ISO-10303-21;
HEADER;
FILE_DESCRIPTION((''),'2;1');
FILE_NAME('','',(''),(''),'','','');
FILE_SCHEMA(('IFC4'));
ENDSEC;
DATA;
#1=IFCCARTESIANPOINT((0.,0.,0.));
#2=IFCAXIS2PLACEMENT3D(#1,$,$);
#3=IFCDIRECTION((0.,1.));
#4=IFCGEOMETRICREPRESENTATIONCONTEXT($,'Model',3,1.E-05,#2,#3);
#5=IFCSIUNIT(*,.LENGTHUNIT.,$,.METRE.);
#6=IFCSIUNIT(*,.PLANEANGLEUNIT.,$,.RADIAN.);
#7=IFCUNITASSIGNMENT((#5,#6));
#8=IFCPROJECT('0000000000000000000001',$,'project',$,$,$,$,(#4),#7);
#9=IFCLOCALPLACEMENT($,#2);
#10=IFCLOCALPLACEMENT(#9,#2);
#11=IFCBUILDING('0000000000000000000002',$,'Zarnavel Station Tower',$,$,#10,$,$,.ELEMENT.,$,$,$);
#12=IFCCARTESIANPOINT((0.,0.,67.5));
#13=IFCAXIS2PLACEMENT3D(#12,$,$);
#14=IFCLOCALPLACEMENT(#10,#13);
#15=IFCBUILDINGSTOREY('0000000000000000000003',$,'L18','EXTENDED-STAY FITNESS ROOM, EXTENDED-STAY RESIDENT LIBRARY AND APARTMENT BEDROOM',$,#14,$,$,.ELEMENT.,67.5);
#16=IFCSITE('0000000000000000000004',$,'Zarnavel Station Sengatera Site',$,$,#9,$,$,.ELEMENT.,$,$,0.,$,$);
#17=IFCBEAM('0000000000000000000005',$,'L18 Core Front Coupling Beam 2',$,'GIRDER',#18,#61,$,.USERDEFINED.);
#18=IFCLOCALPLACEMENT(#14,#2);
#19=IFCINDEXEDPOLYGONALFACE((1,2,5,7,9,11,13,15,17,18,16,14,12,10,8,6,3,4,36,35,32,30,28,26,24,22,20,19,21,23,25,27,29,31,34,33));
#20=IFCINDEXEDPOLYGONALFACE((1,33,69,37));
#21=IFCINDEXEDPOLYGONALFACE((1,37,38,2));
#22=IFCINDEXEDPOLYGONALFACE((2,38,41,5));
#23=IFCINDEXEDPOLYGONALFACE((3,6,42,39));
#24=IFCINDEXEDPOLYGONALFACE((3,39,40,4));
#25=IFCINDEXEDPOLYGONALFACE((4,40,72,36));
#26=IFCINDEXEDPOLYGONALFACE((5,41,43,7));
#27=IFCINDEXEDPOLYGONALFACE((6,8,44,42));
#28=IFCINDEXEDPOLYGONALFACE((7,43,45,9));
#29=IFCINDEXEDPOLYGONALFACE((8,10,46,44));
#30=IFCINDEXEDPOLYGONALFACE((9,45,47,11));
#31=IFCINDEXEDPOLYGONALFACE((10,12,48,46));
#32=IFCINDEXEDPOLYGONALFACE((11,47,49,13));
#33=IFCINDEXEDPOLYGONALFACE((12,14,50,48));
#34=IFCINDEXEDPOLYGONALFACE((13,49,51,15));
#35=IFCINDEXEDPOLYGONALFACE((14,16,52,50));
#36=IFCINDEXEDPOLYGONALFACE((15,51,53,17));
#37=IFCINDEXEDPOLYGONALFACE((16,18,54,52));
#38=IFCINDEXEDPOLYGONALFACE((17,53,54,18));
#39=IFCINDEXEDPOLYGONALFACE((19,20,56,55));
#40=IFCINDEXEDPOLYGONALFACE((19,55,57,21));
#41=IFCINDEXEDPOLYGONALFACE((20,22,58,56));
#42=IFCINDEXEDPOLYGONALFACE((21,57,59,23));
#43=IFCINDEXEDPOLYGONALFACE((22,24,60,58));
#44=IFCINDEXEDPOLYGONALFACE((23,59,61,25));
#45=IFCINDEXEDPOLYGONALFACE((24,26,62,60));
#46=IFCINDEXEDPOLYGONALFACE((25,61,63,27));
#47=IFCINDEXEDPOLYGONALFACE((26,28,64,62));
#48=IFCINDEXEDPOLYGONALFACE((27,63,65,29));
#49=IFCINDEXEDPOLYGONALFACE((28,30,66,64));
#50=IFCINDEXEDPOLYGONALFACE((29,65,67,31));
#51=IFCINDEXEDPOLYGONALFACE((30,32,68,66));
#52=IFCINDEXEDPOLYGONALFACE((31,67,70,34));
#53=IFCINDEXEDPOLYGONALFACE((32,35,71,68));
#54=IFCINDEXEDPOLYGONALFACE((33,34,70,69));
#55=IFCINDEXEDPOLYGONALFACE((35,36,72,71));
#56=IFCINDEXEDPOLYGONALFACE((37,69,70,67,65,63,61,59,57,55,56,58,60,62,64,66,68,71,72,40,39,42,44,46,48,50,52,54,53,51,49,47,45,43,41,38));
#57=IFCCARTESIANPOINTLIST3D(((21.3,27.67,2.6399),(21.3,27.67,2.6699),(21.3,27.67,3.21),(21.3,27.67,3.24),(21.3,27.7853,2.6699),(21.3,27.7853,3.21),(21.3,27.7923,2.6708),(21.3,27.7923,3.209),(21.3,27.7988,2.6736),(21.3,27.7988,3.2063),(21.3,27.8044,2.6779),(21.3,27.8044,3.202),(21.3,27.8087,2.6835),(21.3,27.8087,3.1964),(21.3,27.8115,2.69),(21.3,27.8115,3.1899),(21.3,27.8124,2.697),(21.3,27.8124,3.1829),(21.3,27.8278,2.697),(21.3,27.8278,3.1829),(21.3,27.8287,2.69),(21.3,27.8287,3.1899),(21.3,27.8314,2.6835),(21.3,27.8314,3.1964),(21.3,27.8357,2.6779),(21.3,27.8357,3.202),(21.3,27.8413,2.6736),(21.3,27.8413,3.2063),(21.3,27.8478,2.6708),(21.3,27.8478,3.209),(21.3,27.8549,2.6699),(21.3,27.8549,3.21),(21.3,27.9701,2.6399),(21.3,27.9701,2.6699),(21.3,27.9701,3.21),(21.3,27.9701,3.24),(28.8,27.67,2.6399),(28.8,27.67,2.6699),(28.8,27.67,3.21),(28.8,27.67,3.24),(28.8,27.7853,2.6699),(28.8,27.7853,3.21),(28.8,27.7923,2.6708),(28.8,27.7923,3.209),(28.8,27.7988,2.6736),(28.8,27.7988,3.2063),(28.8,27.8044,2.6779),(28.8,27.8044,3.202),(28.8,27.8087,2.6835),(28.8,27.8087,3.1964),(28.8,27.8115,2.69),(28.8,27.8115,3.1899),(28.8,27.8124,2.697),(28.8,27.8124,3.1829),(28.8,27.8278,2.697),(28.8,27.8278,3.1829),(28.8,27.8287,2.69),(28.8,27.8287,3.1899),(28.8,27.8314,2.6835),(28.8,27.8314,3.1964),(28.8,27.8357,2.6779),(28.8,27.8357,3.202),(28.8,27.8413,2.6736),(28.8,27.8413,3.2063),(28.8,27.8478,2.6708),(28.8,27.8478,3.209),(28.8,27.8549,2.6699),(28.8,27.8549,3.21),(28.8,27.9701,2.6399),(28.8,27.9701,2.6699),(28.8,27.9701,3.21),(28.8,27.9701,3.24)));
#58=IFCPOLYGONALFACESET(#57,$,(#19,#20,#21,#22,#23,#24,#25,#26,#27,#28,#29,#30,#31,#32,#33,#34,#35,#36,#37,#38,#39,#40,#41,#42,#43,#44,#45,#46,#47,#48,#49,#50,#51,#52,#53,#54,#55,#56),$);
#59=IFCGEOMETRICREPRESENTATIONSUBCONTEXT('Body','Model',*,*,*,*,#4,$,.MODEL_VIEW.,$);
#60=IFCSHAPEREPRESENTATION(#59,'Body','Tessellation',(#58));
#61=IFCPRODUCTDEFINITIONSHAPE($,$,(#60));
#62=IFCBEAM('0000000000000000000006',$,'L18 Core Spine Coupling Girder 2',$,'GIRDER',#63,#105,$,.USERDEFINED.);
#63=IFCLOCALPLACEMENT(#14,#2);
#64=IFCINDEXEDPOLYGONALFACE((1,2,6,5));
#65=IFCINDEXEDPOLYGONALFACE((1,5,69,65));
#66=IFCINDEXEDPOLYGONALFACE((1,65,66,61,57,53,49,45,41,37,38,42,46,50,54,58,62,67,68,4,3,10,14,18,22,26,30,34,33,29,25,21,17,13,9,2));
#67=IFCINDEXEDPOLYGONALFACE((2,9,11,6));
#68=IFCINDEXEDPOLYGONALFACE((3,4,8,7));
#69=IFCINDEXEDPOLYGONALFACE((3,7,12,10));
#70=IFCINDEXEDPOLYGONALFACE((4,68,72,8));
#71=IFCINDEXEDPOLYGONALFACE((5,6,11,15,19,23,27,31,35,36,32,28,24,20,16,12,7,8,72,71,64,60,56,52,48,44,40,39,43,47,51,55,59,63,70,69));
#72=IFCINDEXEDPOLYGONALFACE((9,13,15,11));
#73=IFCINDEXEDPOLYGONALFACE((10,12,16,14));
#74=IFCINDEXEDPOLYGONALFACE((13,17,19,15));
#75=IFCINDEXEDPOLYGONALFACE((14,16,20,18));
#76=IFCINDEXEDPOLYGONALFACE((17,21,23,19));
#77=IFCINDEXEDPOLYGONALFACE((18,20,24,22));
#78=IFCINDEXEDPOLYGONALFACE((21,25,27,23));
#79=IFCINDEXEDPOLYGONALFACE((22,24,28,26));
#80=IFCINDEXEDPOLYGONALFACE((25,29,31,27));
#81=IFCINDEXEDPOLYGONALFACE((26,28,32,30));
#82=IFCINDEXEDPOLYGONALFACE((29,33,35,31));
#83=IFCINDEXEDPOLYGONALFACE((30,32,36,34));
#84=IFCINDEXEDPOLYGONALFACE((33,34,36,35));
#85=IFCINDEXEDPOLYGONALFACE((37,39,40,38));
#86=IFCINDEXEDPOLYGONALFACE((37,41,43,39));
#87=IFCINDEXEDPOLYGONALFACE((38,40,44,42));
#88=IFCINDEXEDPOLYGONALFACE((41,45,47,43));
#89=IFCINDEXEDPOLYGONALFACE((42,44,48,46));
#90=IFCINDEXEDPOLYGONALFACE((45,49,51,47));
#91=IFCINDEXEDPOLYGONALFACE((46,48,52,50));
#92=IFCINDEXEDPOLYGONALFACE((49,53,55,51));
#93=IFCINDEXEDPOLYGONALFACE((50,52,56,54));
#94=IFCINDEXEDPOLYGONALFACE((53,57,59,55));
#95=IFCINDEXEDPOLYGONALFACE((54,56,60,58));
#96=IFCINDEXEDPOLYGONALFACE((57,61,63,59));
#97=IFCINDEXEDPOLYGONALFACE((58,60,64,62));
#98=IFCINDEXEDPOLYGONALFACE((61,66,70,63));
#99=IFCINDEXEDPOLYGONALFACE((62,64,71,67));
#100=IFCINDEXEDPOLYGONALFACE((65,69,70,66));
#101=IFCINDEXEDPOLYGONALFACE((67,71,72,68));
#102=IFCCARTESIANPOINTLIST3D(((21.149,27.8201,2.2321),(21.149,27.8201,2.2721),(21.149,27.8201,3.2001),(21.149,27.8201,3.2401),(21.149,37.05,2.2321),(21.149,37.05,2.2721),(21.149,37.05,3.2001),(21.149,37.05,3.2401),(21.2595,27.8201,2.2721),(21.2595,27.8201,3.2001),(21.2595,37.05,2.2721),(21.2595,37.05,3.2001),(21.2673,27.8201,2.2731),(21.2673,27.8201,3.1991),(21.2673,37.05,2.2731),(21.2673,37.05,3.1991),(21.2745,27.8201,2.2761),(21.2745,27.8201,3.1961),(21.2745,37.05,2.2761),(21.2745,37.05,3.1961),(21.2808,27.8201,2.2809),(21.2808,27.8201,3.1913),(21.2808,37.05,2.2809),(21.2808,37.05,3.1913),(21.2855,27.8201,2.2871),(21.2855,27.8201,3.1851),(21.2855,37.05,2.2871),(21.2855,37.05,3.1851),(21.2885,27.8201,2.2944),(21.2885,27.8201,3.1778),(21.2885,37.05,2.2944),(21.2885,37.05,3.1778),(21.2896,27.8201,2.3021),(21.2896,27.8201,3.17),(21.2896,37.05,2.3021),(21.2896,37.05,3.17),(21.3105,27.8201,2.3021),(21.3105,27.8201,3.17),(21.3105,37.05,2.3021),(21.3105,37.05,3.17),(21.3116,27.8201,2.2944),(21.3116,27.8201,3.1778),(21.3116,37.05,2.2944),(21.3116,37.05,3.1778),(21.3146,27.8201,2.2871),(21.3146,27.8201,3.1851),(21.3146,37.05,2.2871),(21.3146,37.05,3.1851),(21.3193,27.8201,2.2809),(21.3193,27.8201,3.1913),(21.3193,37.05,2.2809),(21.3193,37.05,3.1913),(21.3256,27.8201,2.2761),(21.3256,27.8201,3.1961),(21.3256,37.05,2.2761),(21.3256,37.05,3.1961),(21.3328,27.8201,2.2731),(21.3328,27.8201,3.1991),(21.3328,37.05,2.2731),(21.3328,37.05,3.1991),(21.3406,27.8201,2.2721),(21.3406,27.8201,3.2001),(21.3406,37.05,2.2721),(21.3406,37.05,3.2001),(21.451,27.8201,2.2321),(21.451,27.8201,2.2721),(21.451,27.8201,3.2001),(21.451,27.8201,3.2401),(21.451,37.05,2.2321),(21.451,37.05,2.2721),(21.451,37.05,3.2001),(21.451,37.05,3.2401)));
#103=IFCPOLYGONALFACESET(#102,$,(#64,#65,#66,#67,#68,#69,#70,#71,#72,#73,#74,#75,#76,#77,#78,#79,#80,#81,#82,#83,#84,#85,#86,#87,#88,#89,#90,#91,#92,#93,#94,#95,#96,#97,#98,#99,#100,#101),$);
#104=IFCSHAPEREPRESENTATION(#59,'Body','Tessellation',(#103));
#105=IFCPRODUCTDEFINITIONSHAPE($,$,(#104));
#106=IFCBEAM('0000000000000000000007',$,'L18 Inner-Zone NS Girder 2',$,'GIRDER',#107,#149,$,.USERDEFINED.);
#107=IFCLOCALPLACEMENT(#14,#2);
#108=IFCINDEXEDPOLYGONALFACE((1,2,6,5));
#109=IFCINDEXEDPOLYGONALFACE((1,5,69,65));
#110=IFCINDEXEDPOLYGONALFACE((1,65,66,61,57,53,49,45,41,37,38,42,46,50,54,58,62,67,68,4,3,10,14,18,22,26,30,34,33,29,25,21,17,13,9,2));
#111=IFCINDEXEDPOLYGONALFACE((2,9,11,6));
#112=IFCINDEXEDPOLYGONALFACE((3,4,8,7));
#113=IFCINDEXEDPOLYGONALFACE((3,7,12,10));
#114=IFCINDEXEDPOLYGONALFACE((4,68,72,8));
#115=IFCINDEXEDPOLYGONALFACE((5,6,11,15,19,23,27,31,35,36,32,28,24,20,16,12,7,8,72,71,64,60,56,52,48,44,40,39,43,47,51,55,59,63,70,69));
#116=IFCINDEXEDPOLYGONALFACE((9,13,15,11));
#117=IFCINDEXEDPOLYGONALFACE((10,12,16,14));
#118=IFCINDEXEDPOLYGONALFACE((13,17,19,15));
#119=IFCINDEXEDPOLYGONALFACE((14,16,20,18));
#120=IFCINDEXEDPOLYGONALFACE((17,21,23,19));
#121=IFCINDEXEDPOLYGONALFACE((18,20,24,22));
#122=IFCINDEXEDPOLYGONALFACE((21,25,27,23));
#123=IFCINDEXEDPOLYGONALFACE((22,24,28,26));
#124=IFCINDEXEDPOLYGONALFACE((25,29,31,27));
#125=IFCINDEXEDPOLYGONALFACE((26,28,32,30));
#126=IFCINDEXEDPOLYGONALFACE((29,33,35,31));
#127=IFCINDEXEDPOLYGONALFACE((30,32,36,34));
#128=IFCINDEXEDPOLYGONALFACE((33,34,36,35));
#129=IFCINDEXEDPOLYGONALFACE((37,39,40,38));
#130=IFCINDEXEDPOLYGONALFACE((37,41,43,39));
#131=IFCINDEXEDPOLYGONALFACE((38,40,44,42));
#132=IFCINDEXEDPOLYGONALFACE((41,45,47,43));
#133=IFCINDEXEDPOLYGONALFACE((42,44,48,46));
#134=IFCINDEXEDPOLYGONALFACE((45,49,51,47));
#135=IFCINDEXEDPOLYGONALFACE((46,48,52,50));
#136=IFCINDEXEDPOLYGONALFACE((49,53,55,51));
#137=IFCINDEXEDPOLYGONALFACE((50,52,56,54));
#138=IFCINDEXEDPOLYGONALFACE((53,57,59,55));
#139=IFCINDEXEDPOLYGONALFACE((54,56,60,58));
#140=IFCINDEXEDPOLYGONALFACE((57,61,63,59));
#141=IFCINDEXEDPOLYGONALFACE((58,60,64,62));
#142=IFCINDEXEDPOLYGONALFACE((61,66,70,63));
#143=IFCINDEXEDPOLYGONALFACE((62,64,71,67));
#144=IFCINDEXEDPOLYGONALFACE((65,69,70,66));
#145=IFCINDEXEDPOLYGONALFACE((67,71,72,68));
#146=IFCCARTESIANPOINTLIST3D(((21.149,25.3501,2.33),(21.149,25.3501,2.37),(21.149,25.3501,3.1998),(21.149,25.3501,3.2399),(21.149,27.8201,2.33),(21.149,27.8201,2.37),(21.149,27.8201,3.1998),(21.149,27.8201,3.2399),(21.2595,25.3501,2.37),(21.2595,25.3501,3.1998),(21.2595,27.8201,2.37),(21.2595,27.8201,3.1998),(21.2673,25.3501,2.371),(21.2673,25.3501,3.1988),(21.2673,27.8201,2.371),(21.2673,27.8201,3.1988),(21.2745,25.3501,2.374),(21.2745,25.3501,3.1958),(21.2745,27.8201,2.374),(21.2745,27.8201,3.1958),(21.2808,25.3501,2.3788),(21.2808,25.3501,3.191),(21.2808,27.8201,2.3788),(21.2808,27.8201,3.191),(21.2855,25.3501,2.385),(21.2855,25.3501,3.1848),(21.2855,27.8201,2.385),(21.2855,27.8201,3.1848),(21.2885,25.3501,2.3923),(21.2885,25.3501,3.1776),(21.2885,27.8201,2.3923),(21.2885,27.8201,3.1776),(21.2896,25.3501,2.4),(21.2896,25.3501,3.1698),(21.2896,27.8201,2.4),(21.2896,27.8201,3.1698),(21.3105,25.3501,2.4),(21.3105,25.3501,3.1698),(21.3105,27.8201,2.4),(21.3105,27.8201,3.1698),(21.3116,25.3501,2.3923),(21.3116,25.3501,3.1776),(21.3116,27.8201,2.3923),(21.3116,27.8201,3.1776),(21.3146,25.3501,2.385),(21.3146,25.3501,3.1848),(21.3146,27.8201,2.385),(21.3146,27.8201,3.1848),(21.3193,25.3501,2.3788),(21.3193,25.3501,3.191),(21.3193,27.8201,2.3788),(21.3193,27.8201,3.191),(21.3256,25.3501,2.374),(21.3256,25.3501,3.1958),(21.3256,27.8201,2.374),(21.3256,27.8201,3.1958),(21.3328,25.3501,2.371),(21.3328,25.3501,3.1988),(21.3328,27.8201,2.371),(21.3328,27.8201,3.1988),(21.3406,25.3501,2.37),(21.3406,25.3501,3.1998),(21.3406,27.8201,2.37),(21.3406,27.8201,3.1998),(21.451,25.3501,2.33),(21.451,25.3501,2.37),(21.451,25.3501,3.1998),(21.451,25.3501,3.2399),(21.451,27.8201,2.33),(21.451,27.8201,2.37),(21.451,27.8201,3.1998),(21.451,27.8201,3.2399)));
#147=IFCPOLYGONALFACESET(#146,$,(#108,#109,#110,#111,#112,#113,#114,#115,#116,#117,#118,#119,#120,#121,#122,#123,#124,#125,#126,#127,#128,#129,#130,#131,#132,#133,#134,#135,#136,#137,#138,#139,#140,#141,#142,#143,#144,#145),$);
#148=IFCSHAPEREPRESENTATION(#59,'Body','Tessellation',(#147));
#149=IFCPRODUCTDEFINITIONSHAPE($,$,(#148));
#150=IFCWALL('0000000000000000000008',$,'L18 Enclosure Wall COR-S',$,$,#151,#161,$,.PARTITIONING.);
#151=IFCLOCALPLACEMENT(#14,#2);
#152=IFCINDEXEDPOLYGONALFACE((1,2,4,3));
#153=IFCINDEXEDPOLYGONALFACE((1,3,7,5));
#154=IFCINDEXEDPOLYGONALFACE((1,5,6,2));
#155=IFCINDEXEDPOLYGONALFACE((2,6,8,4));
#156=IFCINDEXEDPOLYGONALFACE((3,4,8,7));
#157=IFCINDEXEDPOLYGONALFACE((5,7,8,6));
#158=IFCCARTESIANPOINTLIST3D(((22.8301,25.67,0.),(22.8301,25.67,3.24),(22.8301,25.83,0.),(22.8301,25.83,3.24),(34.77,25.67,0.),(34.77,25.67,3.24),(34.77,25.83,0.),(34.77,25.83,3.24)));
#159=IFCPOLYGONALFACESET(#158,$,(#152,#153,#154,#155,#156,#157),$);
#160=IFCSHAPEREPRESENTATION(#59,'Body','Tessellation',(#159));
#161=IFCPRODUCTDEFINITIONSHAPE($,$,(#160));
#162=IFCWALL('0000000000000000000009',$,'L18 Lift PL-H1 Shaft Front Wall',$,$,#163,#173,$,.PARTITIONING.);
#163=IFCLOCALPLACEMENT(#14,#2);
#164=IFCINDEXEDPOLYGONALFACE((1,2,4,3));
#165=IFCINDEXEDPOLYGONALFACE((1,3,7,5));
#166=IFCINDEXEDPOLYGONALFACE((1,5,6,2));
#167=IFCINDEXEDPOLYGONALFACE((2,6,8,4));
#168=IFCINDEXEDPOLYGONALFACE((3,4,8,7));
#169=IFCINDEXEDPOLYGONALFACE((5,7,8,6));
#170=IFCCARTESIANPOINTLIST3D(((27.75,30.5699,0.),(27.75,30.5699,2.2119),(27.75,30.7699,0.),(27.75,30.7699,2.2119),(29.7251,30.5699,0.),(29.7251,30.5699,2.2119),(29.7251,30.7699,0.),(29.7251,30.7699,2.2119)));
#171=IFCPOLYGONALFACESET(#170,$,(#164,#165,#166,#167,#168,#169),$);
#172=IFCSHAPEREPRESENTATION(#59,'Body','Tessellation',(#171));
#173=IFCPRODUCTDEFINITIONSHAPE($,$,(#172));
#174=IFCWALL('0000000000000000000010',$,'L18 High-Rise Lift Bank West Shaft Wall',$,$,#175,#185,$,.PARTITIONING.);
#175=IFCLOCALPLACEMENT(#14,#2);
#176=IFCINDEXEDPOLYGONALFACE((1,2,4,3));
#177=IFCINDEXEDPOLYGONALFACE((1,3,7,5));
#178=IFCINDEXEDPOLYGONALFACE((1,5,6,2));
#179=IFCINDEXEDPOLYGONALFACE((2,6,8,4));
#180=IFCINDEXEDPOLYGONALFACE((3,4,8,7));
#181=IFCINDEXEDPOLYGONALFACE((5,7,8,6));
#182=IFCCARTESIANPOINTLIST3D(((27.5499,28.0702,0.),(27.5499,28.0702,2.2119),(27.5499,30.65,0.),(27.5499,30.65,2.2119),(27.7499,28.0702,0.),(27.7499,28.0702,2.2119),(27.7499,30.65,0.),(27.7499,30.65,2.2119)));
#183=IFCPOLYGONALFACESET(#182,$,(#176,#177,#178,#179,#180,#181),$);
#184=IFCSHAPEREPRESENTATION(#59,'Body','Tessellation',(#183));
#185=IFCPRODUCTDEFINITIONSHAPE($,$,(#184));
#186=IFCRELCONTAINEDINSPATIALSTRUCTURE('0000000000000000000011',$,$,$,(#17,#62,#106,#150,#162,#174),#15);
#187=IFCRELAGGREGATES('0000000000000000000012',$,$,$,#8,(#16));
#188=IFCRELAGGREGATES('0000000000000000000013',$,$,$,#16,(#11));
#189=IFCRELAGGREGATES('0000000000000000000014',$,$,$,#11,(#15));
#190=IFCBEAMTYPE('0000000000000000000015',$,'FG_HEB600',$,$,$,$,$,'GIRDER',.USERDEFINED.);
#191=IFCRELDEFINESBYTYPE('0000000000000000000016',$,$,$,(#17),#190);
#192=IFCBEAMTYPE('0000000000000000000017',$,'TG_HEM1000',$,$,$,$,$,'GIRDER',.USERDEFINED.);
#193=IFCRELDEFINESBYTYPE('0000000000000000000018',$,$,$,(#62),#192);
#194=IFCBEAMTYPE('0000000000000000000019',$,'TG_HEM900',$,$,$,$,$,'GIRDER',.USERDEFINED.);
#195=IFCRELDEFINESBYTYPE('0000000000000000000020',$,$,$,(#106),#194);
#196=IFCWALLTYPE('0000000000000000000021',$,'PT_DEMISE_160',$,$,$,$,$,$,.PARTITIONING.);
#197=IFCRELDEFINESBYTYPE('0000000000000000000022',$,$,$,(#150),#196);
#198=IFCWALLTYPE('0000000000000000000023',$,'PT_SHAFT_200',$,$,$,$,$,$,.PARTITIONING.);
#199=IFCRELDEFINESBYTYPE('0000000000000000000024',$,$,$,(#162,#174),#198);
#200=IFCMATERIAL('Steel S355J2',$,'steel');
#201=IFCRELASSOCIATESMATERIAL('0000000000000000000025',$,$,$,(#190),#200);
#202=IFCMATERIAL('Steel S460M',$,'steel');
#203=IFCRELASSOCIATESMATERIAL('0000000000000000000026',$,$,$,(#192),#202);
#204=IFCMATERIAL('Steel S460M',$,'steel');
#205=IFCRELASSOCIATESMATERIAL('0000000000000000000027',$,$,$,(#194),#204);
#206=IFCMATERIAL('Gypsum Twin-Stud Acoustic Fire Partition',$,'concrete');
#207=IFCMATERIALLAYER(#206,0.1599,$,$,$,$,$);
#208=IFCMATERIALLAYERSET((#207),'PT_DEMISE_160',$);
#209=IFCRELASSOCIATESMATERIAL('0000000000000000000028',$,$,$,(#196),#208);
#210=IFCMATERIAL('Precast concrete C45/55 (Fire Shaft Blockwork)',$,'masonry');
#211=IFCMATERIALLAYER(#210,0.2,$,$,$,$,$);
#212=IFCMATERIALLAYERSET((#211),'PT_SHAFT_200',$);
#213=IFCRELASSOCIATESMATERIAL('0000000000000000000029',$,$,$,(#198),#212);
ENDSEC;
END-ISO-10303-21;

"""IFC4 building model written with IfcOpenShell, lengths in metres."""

from ifc_helpers import new_model, si_unit, direction, frame, frame_2d, origin, origin_2d, place, context, subcontext, project, spatial, rectangle, i_section, extrude, material, layer, layer_set, material_profile, profile_set, type_object, element, save


model = new_model("IFC4")

# Units and contexts
model_context = context("Model", 3, precision=1e-05, world=origin(), true_north=direction((0.0, 1.0)))
body_context = subcontext(model_context, "Body", "Model", "MODEL_VIEW")
ifc_project = project(units=[si_unit("LENGTHUNIT", "METRE"), si_unit("PLANEANGLEUNIT", "RADIAN")], contexts=[model_context])

# Site, building, storey
site_placement = place(None, origin())
site = spatial("IfcSite", under=ifc_project, at=site_placement, Name="Zarnavel Station Sengatera Site", CompositionType="ELEMENT", RefElevation=0.0)
building_placement = place(site_placement, origin())
building = spatial("IfcBuilding", under=site, at=building_placement, Name="Zarnavel Station Tower", CompositionType="ELEMENT")
storey_placement = place(building_placement, frame((0.0, 0.0, 67.5)))
storey = spatial("IfcBuildingStorey", under=building, at=storey_placement, Name="L18", Description="EXTENDED-STAY FITNESS ROOM, EXTENDED-STAY RESIDENT LIBRARY AND APARTMENT BEDROOM", CompositionType="ELEMENT", Elevation=67.5)

# Beams
ifc_material_1 = material(Name="Steel S355J2", Category="steel")
ifc_material_profile_1 = material_profile(ifc_material_1, i_section(OverallWidth=0.3, OverallDepth=0.6001, WebThickness=0.0154, FlangeThickness=0.03, FilletRadius=0.0271, at=origin_2d()), Name="HEB600")
ifc_profile_set_1 = profile_set([ifc_material_profile_1], Name="Steel S355J2")
beam_type_1 = type_object("IfcBeamType", Name="FG_HEB600", ElementType="GIRDER", PredefinedType="USERDEFINED", material=ifc_profile_set_1)
beam_1_placement = place(storey_placement, frame((21.3, 27.8201, 2.9399), z_axis=(1.0, 0.0, 0.0), x_axis=(0.0, 1.0, 0.0)))
element("IfcBeam", 1, at=beam_1_placement, inside=storey, type_object=beam_type_1, Name="L18 Core Front Coupling Beam 2", ObjectType="GIRDER", PredefinedType="USERDEFINED", context=body_context, shape_type="SweptSolid", body=[
    extrude(i_section(OverallWidth=0.3, OverallDepth=0.6001, WebThickness=0.0154, FlangeThickness=0.03, FilletRadius=0.0271, at=origin_2d()), origin(), (0.0, 0.0, 1.0), 7.5),
])
ifc_material_2 = material(Name="Steel S460M", Category="steel")
ifc_material_profile_2 = material_profile(ifc_material_2, i_section(OverallWidth=0.302, OverallDepth=1.0081, WebThickness=0.021, FlangeThickness=0.04, FilletRadius=0.03, at=origin_2d()), Name="HEM1000")
ifc_profile_set_2 = profile_set([ifc_material_profile_2], Name="Steel S460M")
beam_type_2 = type_object("IfcBeamType", Name="TG_HEM1000", ElementType="GIRDER", PredefinedType="USERDEFINED", material=ifc_profile_set_2)
beam_2_placement = place(storey_placement, frame((21.3, 27.8201, 2.7361), z_axis=(0.0, 1.0, 0.0), x_axis=(-1.0, 0.0, 0.0)))
element("IfcBeam", 2, at=beam_2_placement, inside=storey, type_object=beam_type_2, Name="L18 Core Spine Coupling Girder 2", ObjectType="GIRDER", PredefinedType="USERDEFINED", context=body_context, shape_type="SweptSolid", body=[
    extrude(i_section(OverallWidth=0.302, OverallDepth=1.0081, WebThickness=0.021, FlangeThickness=0.04, FilletRadius=0.03, at=origin_2d()), origin(), (0.0, 0.0, 1.0), 9.23),
])
ifc_material_3 = material(Name="Steel S460M", Category="steel")
ifc_material_profile_3 = material_profile(ifc_material_3, i_section(OverallWidth=0.302, OverallDepth=0.9099, WebThickness=0.021, FlangeThickness=0.04, FilletRadius=0.03, at=origin_2d()), Name="HEM900")
ifc_profile_set_3 = profile_set([ifc_material_profile_3], Name="Steel S460M")
beam_type_3 = type_object("IfcBeamType", Name="TG_HEM900", ElementType="GIRDER", PredefinedType="USERDEFINED", material=ifc_profile_set_3)
beam_3_placement = place(storey_placement, frame((21.3, 25.3501, 2.7849), z_axis=(0.0, 1.0, 0.0), x_axis=(-1.0, 0.0, 0.0)))
element("IfcBeam", 3, at=beam_3_placement, inside=storey, type_object=beam_type_3, Name="L18 Inner-Zone NS Girder 2", ObjectType="GIRDER", PredefinedType="USERDEFINED", context=body_context, shape_type="SweptSolid", body=[
    extrude(i_section(OverallWidth=0.302, OverallDepth=0.9099, WebThickness=0.021, FlangeThickness=0.04, FilletRadius=0.03, at=origin_2d()), origin(), (0.0, 0.0, 1.0), 2.47),
])

# Walls
ifc_material_4 = material(Name="Gypsum Twin-Stud Acoustic Fire Partition", Category="concrete")
ifc_layer_1 = layer(ifc_material_4, 0.1599)
ifc_layer_set_1 = layer_set([ifc_layer_1], Name="PT_DEMISE_160")
wall_type_1 = type_object("IfcWallType", Name="PT_DEMISE_160", PredefinedType="PARTITIONING", material=ifc_layer_set_1)
wall_1_placement = place(storey_placement, frame((22.8301, 25.75, 0.0), z_axis=(0.0, 0.0, 1.0), x_axis=(1.0, 0.0, 0.0)))
element("IfcWall", 4, at=wall_1_placement, inside=storey, type_object=wall_type_1, Name="L18 Enclosure Wall COR-S", PredefinedType="PARTITIONING", context=body_context, shape_type="SweptSolid", body=[
    extrude(rectangle(XDim=11.9399, YDim=0.1599, at=frame_2d((5.97, 0.0))), origin(), (0.0, 0.0, 1.0), 3.24),
])
ifc_material_5 = material(Name="Precast concrete C45/55 (Fire Shaft Blockwork)", Category="masonry")
ifc_layer_2 = layer(ifc_material_5, 0.2)
ifc_layer_set_2 = layer_set([ifc_layer_2], Name="PT_SHAFT_200")
wall_type_2 = type_object("IfcWallType", Name="PT_SHAFT_200", PredefinedType="PARTITIONING", material=ifc_layer_set_2)
wall_2_placement = place(storey_placement, frame((27.75, 30.6699, 0.0), z_axis=(0.0, 0.0, 1.0), x_axis=(1.0, 0.0, 0.0)))
element("IfcWall", 5, at=wall_2_placement, inside=storey, type_object=wall_type_2, Name="L18 Lift PL-H1 Shaft Front Wall", PredefinedType="PARTITIONING", context=body_context, shape_type="SweptSolid", body=[
    extrude(rectangle(XDim=1.9751, YDim=0.2, at=frame_2d((0.9875, 0.0))), origin(), (0.0, 0.0, 1.0), 2.2119),
])
wall_3_placement = place(storey_placement, frame((27.6499, 28.0701, 0.0), z_axis=(0.0, 0.0, 1.0), x_axis=(0.0, 1.0, 0.0)))
element("IfcWall", 6, at=wall_3_placement, inside=storey, type_object=wall_type_2, Name="L18 High-Rise Lift Bank West Shaft Wall", PredefinedType="PARTITIONING", context=body_context, shape_type="SweptSolid", body=[
    extrude(rectangle(XDim=2.5798, YDim=0.2, at=frame_2d((1.29, 0.0))), origin(), (0.0, 0.0, 1.0), 2.2119),
])

save(model, "model.ifc")
